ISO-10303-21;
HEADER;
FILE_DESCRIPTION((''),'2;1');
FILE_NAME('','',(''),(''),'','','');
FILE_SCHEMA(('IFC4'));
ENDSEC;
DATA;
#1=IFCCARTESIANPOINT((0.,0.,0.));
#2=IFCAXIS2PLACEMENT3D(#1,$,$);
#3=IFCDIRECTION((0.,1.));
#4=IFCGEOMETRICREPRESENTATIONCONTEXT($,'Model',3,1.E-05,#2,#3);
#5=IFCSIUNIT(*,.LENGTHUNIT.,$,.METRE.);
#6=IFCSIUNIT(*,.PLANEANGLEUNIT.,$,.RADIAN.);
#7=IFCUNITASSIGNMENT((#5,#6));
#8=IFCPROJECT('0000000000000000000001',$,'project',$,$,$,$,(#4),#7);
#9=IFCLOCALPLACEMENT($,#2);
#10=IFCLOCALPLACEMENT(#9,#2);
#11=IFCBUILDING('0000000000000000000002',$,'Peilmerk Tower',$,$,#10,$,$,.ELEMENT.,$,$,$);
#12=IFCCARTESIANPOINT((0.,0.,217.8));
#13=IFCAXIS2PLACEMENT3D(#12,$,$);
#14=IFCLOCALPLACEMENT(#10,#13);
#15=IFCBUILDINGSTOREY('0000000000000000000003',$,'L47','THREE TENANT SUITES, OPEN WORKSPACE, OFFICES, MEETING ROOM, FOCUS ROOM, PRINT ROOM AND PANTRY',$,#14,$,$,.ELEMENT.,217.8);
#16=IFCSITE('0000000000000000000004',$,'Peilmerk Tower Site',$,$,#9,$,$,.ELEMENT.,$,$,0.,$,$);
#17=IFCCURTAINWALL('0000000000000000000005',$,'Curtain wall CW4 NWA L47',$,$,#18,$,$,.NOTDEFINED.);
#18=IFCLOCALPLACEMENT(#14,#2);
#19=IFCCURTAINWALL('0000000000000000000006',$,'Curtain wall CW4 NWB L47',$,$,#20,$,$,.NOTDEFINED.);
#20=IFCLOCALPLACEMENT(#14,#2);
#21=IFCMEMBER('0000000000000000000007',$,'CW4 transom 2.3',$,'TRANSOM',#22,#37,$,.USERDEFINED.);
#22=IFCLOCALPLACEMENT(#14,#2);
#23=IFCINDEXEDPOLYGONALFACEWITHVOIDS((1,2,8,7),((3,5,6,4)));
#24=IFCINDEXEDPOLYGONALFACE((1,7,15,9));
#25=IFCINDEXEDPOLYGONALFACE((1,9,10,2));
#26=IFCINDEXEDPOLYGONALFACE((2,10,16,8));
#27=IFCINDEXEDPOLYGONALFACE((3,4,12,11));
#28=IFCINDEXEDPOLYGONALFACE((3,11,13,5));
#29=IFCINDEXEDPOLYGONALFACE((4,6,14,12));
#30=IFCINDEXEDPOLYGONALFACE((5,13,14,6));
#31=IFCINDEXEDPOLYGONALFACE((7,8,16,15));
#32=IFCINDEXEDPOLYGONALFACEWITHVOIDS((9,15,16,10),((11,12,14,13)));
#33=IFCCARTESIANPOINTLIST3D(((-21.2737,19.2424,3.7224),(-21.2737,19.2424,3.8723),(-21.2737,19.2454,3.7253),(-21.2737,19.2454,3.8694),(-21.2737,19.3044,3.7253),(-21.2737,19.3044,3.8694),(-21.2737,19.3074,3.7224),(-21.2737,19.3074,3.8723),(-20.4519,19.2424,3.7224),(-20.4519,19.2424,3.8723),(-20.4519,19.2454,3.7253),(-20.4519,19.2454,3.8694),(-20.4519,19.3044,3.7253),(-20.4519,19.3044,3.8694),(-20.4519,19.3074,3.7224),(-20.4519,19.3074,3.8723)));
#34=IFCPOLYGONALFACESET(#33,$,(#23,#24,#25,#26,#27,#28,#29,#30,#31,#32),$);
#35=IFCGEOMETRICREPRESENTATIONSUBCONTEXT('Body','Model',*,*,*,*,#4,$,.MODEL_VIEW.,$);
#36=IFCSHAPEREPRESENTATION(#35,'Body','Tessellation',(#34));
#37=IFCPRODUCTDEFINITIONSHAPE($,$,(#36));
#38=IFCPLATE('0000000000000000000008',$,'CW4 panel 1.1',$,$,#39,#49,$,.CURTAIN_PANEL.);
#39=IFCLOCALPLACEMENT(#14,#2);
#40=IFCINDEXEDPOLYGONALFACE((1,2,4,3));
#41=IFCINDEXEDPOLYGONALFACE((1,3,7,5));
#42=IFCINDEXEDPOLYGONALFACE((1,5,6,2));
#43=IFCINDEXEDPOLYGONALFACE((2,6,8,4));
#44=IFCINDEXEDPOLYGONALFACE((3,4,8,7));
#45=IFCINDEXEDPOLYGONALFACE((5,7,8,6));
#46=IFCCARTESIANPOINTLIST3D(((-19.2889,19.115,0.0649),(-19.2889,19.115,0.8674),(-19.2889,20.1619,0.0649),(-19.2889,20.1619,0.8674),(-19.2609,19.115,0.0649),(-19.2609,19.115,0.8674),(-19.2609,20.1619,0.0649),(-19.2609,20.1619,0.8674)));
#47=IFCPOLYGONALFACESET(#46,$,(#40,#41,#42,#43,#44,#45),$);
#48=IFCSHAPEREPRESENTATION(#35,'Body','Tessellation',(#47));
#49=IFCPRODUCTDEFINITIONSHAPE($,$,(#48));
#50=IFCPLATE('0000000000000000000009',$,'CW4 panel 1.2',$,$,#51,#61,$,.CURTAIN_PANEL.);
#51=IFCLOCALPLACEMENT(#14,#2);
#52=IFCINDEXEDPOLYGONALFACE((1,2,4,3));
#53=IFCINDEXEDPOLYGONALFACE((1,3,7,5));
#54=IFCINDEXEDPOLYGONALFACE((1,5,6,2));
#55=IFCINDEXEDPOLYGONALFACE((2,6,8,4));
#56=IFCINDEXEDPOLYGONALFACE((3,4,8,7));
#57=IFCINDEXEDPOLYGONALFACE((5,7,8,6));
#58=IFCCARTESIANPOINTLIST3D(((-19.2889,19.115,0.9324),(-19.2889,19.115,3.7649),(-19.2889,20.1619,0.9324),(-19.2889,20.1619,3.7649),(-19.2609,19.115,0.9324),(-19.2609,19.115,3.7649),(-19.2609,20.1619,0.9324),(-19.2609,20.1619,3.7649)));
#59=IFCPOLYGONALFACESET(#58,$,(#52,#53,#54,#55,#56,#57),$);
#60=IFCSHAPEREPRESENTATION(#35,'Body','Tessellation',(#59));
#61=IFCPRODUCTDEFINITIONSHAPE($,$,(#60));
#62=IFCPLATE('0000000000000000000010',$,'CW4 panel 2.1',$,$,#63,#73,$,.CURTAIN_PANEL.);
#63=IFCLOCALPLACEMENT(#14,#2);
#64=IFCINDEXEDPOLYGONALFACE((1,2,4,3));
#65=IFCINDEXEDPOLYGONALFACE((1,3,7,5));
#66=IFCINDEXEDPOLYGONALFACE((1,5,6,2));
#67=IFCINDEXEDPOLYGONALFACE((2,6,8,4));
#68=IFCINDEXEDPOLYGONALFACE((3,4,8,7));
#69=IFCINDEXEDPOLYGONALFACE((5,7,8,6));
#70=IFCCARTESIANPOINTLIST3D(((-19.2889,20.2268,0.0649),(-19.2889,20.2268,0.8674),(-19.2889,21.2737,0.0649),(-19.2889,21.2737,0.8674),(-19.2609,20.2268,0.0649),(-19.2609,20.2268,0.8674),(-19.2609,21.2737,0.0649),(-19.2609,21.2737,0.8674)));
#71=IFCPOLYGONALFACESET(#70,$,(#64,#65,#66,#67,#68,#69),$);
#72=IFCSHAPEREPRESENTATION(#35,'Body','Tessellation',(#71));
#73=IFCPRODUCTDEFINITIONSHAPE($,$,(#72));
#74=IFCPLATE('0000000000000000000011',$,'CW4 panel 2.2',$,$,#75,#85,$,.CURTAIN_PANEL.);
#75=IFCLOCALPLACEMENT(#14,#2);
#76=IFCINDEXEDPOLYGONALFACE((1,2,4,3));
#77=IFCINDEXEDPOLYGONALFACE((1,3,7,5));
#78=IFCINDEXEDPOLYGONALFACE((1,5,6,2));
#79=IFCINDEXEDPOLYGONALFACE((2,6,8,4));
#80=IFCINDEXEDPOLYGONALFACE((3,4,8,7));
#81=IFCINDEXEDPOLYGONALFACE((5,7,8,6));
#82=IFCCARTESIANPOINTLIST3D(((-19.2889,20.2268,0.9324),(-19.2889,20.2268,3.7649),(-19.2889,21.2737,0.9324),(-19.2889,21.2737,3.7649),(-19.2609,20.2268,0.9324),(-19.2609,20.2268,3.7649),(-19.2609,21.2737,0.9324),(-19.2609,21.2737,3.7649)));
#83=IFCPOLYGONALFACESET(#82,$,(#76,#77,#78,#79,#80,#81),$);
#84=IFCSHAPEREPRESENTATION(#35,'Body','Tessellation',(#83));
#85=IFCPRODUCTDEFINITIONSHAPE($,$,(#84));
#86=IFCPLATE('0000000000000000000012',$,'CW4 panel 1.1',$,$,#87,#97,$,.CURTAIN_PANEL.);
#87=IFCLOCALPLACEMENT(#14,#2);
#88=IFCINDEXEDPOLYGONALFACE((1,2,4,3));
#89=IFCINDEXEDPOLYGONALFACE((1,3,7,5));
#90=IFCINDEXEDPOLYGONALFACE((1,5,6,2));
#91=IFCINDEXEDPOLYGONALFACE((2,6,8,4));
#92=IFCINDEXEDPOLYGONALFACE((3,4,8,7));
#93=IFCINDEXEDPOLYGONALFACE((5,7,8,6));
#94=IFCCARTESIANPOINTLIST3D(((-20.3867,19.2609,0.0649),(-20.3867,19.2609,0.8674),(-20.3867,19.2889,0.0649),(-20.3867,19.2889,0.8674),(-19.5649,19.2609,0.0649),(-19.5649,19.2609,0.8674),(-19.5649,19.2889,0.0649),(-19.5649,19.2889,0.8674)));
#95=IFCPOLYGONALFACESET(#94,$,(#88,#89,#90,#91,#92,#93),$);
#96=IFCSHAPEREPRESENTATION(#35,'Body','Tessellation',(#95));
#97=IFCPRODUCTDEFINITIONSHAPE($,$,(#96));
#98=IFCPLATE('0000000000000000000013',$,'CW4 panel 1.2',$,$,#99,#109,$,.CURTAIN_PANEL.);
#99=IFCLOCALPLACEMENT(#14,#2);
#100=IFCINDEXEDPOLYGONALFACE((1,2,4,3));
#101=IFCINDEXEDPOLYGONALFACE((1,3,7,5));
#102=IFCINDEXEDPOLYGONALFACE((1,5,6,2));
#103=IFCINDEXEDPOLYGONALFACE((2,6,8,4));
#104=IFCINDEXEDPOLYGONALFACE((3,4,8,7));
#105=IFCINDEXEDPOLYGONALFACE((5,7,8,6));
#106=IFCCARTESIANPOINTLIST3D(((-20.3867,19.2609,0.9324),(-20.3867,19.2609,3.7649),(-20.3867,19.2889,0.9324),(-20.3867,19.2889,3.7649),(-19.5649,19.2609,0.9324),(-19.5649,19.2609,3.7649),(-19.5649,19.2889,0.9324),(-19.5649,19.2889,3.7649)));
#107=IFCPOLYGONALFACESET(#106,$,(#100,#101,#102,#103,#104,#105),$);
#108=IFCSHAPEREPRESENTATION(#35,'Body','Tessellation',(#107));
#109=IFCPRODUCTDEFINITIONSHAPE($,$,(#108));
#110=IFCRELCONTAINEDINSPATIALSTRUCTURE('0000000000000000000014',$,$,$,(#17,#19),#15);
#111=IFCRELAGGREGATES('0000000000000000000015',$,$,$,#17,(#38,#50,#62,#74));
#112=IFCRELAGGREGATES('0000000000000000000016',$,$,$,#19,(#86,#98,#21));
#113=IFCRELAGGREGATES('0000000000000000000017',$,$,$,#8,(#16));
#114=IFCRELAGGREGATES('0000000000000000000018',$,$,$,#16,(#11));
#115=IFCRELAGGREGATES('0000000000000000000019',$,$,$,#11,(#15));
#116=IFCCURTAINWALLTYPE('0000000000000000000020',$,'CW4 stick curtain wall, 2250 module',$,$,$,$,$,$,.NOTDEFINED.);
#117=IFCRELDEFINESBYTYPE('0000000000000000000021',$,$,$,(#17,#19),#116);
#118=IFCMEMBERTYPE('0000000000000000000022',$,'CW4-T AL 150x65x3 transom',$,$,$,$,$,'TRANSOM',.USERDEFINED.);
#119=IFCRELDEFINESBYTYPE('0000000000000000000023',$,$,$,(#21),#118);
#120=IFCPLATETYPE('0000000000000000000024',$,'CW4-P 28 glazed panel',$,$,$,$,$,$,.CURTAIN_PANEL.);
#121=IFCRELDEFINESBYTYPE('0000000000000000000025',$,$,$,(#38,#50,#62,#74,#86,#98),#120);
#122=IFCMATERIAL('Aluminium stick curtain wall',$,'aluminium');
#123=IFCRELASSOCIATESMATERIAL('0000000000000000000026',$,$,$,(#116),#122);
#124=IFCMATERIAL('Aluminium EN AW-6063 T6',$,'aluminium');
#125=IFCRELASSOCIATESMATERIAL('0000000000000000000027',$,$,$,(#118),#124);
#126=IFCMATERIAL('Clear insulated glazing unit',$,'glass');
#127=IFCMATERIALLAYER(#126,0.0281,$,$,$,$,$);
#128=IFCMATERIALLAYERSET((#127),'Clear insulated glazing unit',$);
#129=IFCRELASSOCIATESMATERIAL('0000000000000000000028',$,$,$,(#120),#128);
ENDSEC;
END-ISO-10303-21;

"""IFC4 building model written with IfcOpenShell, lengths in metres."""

from ifc_helpers import new_model, si_unit, direction, frame, origin, origin_2d, place, context, subcontext, project, spatial, rectangle, hollow_rectangle, extrude, material, layer, layer_set, material_profile, profile_set, type_object, element, aggregate, save


model = new_model("IFC4")

# Units and contexts
model_context = context("Model", 3, precision=1e-05, world=origin(), true_north=direction((0.0, 1.0)))
body_context = subcontext(model_context, "Body", "Model", "MODEL_VIEW")
ifc_project = project(units=[si_unit("LENGTHUNIT", "METRE"), si_unit("PLANEANGLEUNIT", "RADIAN")], contexts=[model_context])

# Site, building, storey
site_placement = place(None, origin())
site = spatial("IfcSite", under=ifc_project, at=site_placement, Name="Peilmerk Tower Site", CompositionType="ELEMENT", RefElevation=0.0)
building_placement = place(site_placement, origin())
building = spatial("IfcBuilding", under=site, at=building_placement, Name="Peilmerk Tower", CompositionType="ELEMENT")
storey_placement = place(building_placement, frame((0.0, 0.0, 217.8)))
storey = spatial("IfcBuildingStorey", under=building, at=storey_placement, Name="L47", Description="THREE TENANT SUITES, OPEN WORKSPACE, OFFICES, MEETING ROOM, FOCUS ROOM, PRINT ROOM AND PANTRY", CompositionType="ELEMENT", Elevation=217.8)

# Curtain walls
ifc_material_1 = material(Name="Aluminium stick curtain wall", Category="aluminium")
curtain_wall_type = type_object("IfcCurtainWallType", Name="CW4 stick curtain wall, 2250 module", PredefinedType="NOTDEFINED", material=ifc_material_1)
curtain_wall_1_placement = place(storey_placement, origin())
curtain_wall_1 = element("IfcCurtainWall", 1, at=curtain_wall_1_placement, inside=storey, type_object=curtain_wall_type, Name="Curtain wall CW4 NWA L47", PredefinedType="NOTDEFINED")
ifc_material_2 = material(Name="Aluminium EN AW-6063 T6", Category="aluminium")
curtain_wall_2_placement = place(storey_placement, origin())
curtain_wall_2 = element("IfcCurtainWall", 2, at=curtain_wall_2_placement, inside=storey, type_object=curtain_wall_type, Name="Curtain wall CW4 NWB L47", PredefinedType="NOTDEFINED")

# Member
ifc_material_profile_1 = material_profile(ifc_material_2, hollow_rectangle(XDim=0.0649, YDim=0.1499, WallThickness=0.0029, at=origin_2d()), Name="AL 150x65x3")
ifc_profile_set_1 = profile_set([ifc_material_profile_1], Name="Aluminium EN AW-6063 T6")
member_type_1 = type_object("IfcMemberType", Name="CW4-T AL 150x65x3 transom", ElementType="TRANSOM", PredefinedType="USERDEFINED", material=ifc_profile_set_1)
member_1_placement = place(storey_placement, frame((-20.4519, 19.2749, 3.7974), z_axis=(-1.0, 0.0, 0.0), x_axis=(0.0, -1.0, 0.0)))
member_1 = element("IfcMember", 3, at=member_1_placement, type_object=member_type_1, Name="CW4 transom 2.3", ObjectType="TRANSOM", PredefinedType="USERDEFINED", context=body_context, shape_type="SweptSolid", body=[
    extrude(hollow_rectangle(XDim=0.0649, YDim=0.1499, WallThickness=0.0029, at=origin_2d()), origin(), (0.0, 0.0, 1.0), 0.8218),
])

# Plates
ifc_material_3 = material(Name="Clear insulated glazing unit", Category="glass")
ifc_layer_1 = layer(ifc_material_3, 0.0281)
ifc_layer_set_1 = layer_set([ifc_layer_1], Name="Clear insulated glazing unit")
plate_type = type_object("IfcPlateType", Name="CW4-P 28 glazed panel", PredefinedType="CURTAIN_PANEL", material=ifc_layer_set_1)
plate_1_placement = place(storey_placement, frame((-19.2749, 19.6384, 0.0649), z_axis=(0.0, 0.0, 1.0), x_axis=(0.0, 1.0, 0.0)))
plate_1 = element("IfcPlate", 4, at=plate_1_placement, type_object=plate_type, Name="CW4 panel 1.1", PredefinedType="CURTAIN_PANEL", context=body_context, shape_type="SweptSolid", body=[
    extrude(rectangle(XDim=1.0469, YDim=0.0281, at=origin_2d()), origin(), (0.0, 0.0, 1.0), 0.8025),
])
plate_2_placement = place(storey_placement, frame((-19.2749, 19.6384, 0.9324), z_axis=(0.0, 0.0, 1.0), x_axis=(0.0, 1.0, 0.0)))
plate_2 = element("IfcPlate", 5, at=plate_2_placement, type_object=plate_type, Name="CW4 panel 1.2", PredefinedType="CURTAIN_PANEL", context=body_context, shape_type="SweptSolid", body=[
    extrude(rectangle(XDim=1.0469, YDim=0.0281, at=origin_2d()), origin(), (0.0, 0.0, 1.0), 2.8325),
])
plate_3_placement = place(storey_placement, frame((-19.2749, 20.7502, 0.0649), z_axis=(0.0, 0.0, 1.0), x_axis=(0.0, 1.0, 0.0)))
plate_3 = element("IfcPlate", 6, at=plate_3_placement, type_object=plate_type, Name="CW4 panel 2.1", PredefinedType="CURTAIN_PANEL", context=body_context, shape_type="SweptSolid", body=[
    extrude(rectangle(XDim=1.0469, YDim=0.0281, at=origin_2d()), origin(), (0.0, 0.0, 1.0), 0.8025),
])
plate_4_placement = place(storey_placement, frame((-19.2749, 20.7502, 0.9324), z_axis=(0.0, 0.0, 1.0), x_axis=(0.0, 1.0, 0.0)))
plate_4 = element("IfcPlate", 7, at=plate_4_placement, type_object=plate_type, Name="CW4 panel 2.2", PredefinedType="CURTAIN_PANEL", context=body_context, shape_type="SweptSolid", body=[
    extrude(rectangle(XDim=1.0469, YDim=0.0281, at=origin_2d()), origin(), (0.0, 0.0, 1.0), 2.8325),
])
aggregate(curtain_wall_1, [plate_1, plate_2, plate_3, plate_4])
plate_5_placement = place(storey_placement, frame((-19.9758, 19.2749, 0.0649), z_axis=(0.0, 0.0, 1.0), x_axis=(-1.0, 0.0, 0.0)))
plate_5 = element("IfcPlate", 8, at=plate_5_placement, type_object=plate_type, Name="CW4 panel 1.1", PredefinedType="CURTAIN_PANEL", context=body_context, shape_type="SweptSolid", body=[
    extrude(rectangle(XDim=0.8218, YDim=0.0281, at=origin_2d()), origin(), (0.0, 0.0, 1.0), 0.8025),
])
plate_6_placement = place(storey_placement, frame((-19.9758, 19.2749, 0.9324), z_axis=(0.0, 0.0, 1.0), x_axis=(-1.0, 0.0, 0.0)))
plate_6 = element("IfcPlate", 9, at=plate_6_placement, type_object=plate_type, Name="CW4 panel 1.2", PredefinedType="CURTAIN_PANEL", context=body_context, shape_type="SweptSolid", body=[
    extrude(rectangle(XDim=0.8218, YDim=0.0281, at=origin_2d()), origin(), (0.0, 0.0, 1.0), 2.8325),
])
aggregate(curtain_wall_2, [plate_5, plate_6, member_1])

save(model, "model.ifc")
